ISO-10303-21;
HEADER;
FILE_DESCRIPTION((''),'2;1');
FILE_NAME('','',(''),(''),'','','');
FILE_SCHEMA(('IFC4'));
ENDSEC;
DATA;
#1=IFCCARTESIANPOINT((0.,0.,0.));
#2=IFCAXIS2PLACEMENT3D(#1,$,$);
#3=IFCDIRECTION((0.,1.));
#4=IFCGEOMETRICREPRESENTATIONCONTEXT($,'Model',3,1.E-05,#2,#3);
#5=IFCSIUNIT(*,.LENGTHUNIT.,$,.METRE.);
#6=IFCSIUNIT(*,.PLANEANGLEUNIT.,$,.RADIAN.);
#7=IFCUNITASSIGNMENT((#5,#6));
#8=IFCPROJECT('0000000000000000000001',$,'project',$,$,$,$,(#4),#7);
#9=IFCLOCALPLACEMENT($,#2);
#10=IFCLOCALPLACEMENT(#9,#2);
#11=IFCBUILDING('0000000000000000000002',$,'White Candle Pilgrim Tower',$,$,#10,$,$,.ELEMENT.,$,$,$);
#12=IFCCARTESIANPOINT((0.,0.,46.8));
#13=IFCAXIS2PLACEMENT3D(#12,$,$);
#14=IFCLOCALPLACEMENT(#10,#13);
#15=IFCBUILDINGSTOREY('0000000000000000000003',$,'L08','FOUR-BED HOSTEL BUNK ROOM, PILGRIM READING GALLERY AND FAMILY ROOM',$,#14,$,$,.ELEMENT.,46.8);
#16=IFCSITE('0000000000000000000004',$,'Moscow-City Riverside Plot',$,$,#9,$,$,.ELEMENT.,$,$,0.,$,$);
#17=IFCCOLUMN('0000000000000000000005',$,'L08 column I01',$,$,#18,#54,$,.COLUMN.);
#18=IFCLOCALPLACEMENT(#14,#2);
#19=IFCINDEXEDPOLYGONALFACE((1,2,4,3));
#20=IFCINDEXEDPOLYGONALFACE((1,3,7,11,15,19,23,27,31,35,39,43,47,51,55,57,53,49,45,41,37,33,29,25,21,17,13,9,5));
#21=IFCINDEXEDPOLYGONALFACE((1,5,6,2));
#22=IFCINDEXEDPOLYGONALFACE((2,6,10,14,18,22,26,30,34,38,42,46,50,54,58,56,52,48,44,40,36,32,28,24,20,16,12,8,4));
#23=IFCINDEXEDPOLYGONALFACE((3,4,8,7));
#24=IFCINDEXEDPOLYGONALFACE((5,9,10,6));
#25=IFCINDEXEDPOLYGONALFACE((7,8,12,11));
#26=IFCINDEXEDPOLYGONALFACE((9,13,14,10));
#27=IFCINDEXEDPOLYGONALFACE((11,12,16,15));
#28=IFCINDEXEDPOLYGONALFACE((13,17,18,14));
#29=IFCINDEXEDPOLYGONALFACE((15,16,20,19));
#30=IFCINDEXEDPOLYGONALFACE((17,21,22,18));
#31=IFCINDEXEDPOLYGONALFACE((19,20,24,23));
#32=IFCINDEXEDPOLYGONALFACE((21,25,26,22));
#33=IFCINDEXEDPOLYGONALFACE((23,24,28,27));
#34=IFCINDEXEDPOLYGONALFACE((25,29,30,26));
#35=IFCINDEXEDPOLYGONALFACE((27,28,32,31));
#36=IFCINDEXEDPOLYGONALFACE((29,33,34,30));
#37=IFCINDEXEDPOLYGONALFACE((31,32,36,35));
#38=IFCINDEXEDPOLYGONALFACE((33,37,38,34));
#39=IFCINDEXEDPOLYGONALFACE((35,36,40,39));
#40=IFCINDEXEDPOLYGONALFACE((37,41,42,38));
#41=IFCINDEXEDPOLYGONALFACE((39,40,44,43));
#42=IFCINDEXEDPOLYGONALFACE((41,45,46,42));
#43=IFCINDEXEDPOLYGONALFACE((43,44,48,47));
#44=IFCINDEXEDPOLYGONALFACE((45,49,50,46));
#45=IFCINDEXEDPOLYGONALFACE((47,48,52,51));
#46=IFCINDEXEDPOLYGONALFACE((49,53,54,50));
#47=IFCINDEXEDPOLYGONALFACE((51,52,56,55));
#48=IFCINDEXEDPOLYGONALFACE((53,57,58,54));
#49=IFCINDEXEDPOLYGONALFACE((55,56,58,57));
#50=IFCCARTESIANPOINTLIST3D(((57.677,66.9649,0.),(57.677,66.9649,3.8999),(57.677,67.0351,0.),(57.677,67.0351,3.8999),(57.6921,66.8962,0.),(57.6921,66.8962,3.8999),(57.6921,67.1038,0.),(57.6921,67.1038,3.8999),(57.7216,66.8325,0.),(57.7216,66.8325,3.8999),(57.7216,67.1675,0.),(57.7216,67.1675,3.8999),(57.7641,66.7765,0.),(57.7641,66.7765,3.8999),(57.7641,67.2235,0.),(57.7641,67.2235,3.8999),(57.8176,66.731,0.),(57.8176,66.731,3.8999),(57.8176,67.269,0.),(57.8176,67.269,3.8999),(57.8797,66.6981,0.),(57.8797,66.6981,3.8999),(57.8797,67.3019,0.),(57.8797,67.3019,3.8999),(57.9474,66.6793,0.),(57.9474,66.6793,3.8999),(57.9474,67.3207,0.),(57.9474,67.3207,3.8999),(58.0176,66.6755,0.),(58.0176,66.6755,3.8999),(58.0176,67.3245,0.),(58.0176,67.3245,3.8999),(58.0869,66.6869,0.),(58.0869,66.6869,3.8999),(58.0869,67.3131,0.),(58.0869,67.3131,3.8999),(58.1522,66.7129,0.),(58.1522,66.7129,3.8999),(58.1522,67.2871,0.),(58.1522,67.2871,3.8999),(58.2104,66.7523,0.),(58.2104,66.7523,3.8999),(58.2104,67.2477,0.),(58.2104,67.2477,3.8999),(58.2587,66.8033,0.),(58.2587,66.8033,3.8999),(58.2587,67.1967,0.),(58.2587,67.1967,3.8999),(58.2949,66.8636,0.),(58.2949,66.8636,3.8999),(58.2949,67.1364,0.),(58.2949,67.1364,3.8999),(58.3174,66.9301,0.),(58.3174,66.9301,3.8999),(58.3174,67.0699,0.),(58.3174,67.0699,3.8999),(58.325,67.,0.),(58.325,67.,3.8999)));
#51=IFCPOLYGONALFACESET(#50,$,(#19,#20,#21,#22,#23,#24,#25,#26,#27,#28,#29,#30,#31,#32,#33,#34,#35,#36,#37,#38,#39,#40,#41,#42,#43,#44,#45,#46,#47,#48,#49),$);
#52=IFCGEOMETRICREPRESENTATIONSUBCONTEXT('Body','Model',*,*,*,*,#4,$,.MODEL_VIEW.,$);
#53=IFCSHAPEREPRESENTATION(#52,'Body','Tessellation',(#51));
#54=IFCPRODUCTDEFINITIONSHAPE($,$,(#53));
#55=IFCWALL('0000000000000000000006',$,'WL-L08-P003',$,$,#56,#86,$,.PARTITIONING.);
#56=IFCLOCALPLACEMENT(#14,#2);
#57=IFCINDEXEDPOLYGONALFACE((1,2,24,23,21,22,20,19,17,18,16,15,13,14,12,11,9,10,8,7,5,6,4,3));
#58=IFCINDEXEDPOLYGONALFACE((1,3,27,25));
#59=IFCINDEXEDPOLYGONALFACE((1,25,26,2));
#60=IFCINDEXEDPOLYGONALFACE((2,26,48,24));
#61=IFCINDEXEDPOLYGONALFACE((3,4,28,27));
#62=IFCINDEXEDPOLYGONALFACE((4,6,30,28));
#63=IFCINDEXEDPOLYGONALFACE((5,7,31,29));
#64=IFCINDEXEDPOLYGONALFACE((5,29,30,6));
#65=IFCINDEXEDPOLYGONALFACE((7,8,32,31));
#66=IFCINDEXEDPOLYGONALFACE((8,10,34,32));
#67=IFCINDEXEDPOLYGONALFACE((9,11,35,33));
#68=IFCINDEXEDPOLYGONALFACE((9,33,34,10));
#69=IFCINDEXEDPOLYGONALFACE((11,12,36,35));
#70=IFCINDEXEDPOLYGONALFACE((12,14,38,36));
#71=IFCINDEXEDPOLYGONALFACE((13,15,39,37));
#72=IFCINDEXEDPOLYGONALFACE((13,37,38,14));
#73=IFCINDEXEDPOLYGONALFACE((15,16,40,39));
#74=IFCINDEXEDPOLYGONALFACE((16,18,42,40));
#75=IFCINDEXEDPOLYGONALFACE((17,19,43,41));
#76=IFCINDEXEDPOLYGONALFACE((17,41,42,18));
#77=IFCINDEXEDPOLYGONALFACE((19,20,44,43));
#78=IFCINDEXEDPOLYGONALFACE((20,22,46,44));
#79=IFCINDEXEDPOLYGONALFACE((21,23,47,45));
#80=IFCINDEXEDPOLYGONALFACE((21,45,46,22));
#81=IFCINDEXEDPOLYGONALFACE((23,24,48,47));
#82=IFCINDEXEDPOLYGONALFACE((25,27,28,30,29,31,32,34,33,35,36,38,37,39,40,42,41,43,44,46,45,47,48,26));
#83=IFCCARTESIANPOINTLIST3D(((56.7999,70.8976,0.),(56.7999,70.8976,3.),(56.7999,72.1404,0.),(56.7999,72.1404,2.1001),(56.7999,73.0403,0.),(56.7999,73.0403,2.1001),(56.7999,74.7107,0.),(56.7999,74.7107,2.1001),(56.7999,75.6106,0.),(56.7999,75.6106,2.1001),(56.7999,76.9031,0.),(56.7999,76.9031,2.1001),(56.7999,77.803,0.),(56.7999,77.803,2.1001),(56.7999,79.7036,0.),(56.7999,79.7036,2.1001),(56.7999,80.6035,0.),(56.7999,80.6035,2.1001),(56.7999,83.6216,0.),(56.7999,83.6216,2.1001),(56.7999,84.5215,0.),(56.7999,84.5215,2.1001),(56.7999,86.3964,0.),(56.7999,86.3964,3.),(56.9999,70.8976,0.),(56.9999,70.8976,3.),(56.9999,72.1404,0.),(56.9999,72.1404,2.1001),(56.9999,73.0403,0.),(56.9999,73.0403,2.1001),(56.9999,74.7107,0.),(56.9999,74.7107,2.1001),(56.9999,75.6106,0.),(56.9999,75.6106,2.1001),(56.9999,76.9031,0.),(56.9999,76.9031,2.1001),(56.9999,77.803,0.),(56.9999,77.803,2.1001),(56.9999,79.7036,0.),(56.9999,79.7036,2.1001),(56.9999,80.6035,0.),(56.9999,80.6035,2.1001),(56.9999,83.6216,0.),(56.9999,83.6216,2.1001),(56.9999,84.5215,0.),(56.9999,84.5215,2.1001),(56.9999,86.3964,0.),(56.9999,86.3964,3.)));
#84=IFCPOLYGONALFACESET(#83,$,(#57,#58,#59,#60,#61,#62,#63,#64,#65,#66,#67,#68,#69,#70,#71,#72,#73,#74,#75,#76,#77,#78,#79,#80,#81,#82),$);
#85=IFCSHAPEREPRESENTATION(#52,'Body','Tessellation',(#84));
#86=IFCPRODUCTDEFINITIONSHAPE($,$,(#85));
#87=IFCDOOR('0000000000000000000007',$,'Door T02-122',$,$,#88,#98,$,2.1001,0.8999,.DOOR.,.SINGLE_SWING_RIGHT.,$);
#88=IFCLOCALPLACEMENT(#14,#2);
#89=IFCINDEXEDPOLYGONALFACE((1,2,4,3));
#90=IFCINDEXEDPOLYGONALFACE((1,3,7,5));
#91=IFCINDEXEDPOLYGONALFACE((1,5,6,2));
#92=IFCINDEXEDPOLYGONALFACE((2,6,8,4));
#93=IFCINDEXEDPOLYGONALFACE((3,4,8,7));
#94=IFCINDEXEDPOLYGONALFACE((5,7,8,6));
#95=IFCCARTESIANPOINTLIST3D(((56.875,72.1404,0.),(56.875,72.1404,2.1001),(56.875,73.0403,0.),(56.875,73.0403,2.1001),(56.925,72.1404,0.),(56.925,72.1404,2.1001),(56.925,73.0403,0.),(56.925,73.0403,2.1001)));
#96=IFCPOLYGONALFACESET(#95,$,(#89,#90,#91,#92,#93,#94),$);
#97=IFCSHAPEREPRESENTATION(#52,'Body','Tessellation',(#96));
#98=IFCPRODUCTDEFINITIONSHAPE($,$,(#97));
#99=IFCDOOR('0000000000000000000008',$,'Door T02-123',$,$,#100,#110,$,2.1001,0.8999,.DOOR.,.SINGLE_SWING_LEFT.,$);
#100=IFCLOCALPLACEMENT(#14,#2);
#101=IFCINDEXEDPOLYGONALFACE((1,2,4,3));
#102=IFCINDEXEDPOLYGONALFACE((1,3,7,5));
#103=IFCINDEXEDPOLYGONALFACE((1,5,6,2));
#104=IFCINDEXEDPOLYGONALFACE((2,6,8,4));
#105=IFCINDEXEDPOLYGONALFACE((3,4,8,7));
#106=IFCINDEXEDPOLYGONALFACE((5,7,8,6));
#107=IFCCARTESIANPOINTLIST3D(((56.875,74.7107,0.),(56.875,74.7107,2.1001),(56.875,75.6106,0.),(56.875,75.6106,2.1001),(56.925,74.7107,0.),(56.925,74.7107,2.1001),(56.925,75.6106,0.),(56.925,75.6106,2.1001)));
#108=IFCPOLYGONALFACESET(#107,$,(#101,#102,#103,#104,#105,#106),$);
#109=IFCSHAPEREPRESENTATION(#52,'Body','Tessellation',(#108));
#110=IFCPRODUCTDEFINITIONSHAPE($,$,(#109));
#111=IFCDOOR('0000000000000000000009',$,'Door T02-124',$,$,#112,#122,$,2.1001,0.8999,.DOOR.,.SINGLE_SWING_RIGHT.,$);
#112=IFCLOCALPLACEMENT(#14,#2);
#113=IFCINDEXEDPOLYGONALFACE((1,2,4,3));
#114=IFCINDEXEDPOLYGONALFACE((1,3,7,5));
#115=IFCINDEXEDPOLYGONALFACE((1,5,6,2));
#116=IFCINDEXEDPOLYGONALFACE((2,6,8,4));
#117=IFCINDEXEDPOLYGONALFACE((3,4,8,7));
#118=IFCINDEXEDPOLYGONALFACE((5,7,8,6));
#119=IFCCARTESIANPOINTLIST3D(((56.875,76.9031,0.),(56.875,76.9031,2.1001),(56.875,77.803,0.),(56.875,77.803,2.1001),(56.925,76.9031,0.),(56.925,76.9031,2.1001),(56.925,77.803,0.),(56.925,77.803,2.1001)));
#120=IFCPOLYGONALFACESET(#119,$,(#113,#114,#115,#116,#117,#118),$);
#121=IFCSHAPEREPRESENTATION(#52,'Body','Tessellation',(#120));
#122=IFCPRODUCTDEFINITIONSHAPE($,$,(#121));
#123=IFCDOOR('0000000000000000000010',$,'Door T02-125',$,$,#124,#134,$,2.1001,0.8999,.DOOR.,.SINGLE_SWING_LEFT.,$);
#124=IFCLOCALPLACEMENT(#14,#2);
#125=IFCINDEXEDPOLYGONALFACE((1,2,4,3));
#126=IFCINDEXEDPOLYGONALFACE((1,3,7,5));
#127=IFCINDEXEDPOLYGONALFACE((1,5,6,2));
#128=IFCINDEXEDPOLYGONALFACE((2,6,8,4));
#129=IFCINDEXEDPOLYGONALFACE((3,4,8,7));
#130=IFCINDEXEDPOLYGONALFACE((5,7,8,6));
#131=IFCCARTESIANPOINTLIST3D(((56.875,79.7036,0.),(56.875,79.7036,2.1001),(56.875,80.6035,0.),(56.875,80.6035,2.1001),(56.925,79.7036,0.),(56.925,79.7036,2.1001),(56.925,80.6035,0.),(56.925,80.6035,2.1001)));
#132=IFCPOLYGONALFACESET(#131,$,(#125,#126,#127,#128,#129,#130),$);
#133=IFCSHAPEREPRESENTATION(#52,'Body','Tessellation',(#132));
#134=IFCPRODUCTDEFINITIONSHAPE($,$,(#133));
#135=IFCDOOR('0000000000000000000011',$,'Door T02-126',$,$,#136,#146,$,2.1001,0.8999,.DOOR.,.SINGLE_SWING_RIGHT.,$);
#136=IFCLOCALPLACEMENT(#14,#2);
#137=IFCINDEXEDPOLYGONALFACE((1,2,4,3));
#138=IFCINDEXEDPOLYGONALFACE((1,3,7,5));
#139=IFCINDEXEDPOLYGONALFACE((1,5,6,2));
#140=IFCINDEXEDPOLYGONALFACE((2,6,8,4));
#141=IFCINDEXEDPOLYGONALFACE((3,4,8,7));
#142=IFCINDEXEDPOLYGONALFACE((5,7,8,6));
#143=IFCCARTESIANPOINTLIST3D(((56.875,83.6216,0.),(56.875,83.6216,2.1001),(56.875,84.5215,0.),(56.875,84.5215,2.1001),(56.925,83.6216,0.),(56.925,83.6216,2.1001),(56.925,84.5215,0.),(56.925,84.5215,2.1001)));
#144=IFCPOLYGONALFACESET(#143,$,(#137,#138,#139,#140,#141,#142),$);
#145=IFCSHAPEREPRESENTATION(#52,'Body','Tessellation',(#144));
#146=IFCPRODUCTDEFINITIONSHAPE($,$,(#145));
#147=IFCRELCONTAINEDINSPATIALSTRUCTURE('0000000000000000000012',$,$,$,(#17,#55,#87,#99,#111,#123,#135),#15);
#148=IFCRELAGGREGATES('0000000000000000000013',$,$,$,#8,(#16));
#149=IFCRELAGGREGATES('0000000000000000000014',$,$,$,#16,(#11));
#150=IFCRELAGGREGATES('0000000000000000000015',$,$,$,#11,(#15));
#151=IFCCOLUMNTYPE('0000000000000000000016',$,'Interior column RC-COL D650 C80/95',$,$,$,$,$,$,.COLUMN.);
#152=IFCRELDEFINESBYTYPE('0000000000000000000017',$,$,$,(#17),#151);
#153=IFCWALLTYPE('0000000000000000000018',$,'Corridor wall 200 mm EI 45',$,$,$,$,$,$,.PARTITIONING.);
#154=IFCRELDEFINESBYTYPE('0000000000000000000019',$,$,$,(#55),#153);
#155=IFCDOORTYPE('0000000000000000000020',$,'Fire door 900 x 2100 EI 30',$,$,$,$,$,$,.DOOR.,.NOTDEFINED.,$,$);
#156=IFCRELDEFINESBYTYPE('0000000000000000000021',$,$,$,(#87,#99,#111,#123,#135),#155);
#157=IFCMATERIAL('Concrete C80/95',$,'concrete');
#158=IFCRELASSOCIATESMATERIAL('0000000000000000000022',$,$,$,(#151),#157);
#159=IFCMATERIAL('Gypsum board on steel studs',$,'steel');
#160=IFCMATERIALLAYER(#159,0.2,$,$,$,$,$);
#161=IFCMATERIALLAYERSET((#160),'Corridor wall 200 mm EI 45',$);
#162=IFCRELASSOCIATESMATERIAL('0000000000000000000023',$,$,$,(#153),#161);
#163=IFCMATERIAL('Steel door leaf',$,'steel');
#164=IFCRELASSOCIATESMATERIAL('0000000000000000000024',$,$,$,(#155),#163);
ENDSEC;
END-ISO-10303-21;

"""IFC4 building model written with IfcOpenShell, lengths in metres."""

from ifc_helpers import new_model, si_unit, direction, frame, frame_2d, origin, origin_2d, place, context, subcontext, project, spatial, rectangle, circle, extrude, material, layer, layer_set, material_profile, profile_set, type_object, element, fill, save


model = new_model("IFC4")

# Units and contexts
model_context = context("Model", 3, precision=1e-05, world=origin(), true_north=direction((0.0, 1.0)))
body_context = subcontext(model_context, "Body", "Model", "MODEL_VIEW")
ifc_project = project(units=[si_unit("LENGTHUNIT", "METRE"), si_unit("PLANEANGLEUNIT", "RADIAN")], contexts=[model_context])

# Site, building, storey
site_placement = place(None, origin())
site = spatial("IfcSite", under=ifc_project, at=site_placement, Name="Moscow-City Riverside Plot", CompositionType="ELEMENT", RefElevation=0.0)
building_placement = place(site_placement, origin())
building = spatial("IfcBuilding", under=site, at=building_placement, Name="White Candle Pilgrim Tower", CompositionType="ELEMENT")
storey_placement = place(building_placement, frame((0.0, 0.0, 46.8)))
storey = spatial("IfcBuildingStorey", under=building, at=storey_placement, Name="L08", Description="FOUR-BED HOSTEL BUNK ROOM, PILGRIM READING GALLERY AND FAMILY ROOM", CompositionType="ELEMENT", Elevation=46.8)

# Column
ifc_material_1 = material(Name="Concrete C80/95", Category="concrete")
ifc_material_profile = material_profile(ifc_material_1, circle(Radius=0.325, at=origin_2d()), Name="RC-COL D650")
ifc_profile_set = profile_set([ifc_material_profile], Name="Concrete C80/95")
column_type = type_object("IfcColumnType", Name="Interior column RC-COL D650 C80/95", PredefinedType="COLUMN", material=ifc_profile_set)
column_placement = place(storey_placement, frame((58.0, 67.0, 0.0), z_axis=(0.0, 0.0, 1.0), x_axis=(1.0, 0.0, 0.0)))
element("IfcColumn", 1, at=column_placement, inside=storey, type_object=column_type, Name="L08 column I01", PredefinedType="COLUMN", context=body_context, shape_type="SweptSolid", body=[
    extrude(circle(Radius=0.325, at=origin_2d()), origin(), (0.0, 0.0, 1.0), 3.8999),
])

# Wall, openings, doors
ifc_material_2 = material(Name="Gypsum board on steel studs", Category="steel")
ifc_layer_1 = layer(ifc_material_2, 0.2)
ifc_layer_set_1 = layer_set([ifc_layer_1], Name="Corridor wall 200 mm EI 45")
wall_type_1 = type_object("IfcWallType", Name="Corridor wall 200 mm EI 45", PredefinedType="PARTITIONING", material=ifc_layer_set_1)
wall_1_placement = place(storey_placement, frame((56.8999, 70.8975, 0.0), z_axis=(0.0, 0.0, 1.0), x_axis=(0.0, 1.0, 0.0)))
wall_1 = element("IfcWall", 2, at=wall_1_placement, inside=storey, type_object=wall_type_1, Name="WL-L08-P003", PredefinedType="PARTITIONING", context=body_context, shape_type="SweptSolid", body=[
    extrude(rectangle(XDim=15.4988, YDim=0.2, at=frame_2d((7.7495, 0.0))), origin(), (0.0, 0.0, 1.0), 3.0),
])
opening_1_placement = place(wall_1_placement, frame((1.2429, 0.0, 0.0)))
opening_1 = element("IfcOpeningElement", 3, at=opening_1_placement, cuts=wall_1, PredefinedType="OPENING", context=body_context, shape_type="SweptSolid", body=[
    extrude(rectangle(XDim=0.8999, YDim=2.1001, at=frame_2d((0.45, 1.05))), frame((0.0, 0.1099, 0.0), z_axis=(0.0, -1.0, 0.0), x_axis=(1.0, 0.0, 0.0)), (0.0, 0.0, 1.0), 0.22),
])
opening_2_placement = place(wall_1_placement, frame((3.8132, 0.0, 0.0)))
opening_2 = element("IfcOpeningElement", 4, at=opening_2_placement, cuts=wall_1, PredefinedType="OPENING", context=body_context, shape_type="SweptSolid", body=[
    extrude(rectangle(XDim=0.8999, YDim=2.1001, at=frame_2d((0.45, 1.05))), frame((0.0, 0.1099, 0.0), z_axis=(0.0, -1.0, 0.0), x_axis=(1.0, 0.0, 0.0)), (0.0, 0.0, 1.0), 0.22),
])
opening_3_placement = place(wall_1_placement, frame((6.0056, 0.0, 0.0)))
opening_3 = element("IfcOpeningElement", 5, at=opening_3_placement, cuts=wall_1, PredefinedType="OPENING", context=body_context, shape_type="SweptSolid", body=[
    extrude(rectangle(XDim=0.8999, YDim=2.1001, at=frame_2d((0.45, 1.05))), frame((0.0, 0.1099, 0.0), z_axis=(0.0, -1.0, 0.0), x_axis=(1.0, 0.0, 0.0)), (0.0, 0.0, 1.0), 0.22),
])
opening_4_placement = place(wall_1_placement, frame((8.8062, 0.0, 0.0)))
opening_4 = element("IfcOpeningElement", 6, at=opening_4_placement, cuts=wall_1, PredefinedType="OPENING", context=body_context, shape_type="SweptSolid", body=[
    extrude(rectangle(XDim=0.8999, YDim=2.1001, at=frame_2d((0.45, 1.05))), frame((0.0, 0.1099, 0.0), z_axis=(0.0, -1.0, 0.0), x_axis=(1.0, 0.0, 0.0)), (0.0, 0.0, 1.0), 0.22),
])
opening_5_placement = place(wall_1_placement, frame((12.7241, 0.0, 0.0)))
opening_5 = element("IfcOpeningElement", 7, at=opening_5_placement, cuts=wall_1, PredefinedType="OPENING", context=body_context, shape_type="SweptSolid", body=[
    extrude(rectangle(XDim=0.8999, YDim=2.1001, at=frame_2d((0.45, 1.05))), frame((0.0, 0.1099, 0.0), z_axis=(0.0, -1.0, 0.0), x_axis=(1.0, 0.0, 0.0)), (0.0, 0.0, 1.0), 0.22),
])
ifc_material_3 = material(Name="Steel door leaf", Category="steel")
door_type_1 = type_object("IfcDoorType", Name="Fire door 900 x 2100 EI 30", OperationType="NOTDEFINED", PredefinedType="DOOR", material=ifc_material_3)
door_1_placement = place(opening_1_placement, origin())
door_1 = element("IfcDoor", 8, at=door_1_placement, inside=storey, type_object=door_type_1, Name="Door T02-122", OperationType="SINGLE_SWING_RIGHT", OverallHeight=2.1001, OverallWidth=0.8999, PredefinedType="DOOR", context=body_context, shape_type="SweptSolid", body=[
    extrude(rectangle(XDim=0.8999, YDim=2.1001, at=frame_2d((0.45, 1.05))), frame((0.0, 0.0249, 0.0), z_axis=(0.0, -1.0, 0.0), x_axis=(1.0, 0.0, 0.0)), (0.0, 0.0, 1.0), 0.05),
])
fill(opening_1, door_1)
door_2_placement = place(opening_2_placement, origin())
door_2 = element("IfcDoor", 9, at=door_2_placement, inside=storey, type_object=door_type_1, Name="Door T02-123", OperationType="SINGLE_SWING_LEFT", OverallHeight=2.1001, OverallWidth=0.8999, PredefinedType="DOOR", context=body_context, shape_type="SweptSolid", body=[
    extrude(rectangle(XDim=0.8999, YDim=2.1001, at=frame_2d((0.45, 1.05))), frame((0.0, 0.0249, 0.0), z_axis=(0.0, -1.0, 0.0), x_axis=(1.0, 0.0, 0.0)), (0.0, 0.0, 1.0), 0.05),
])
fill(opening_2, door_2)
door_3_placement = place(opening_3_placement, origin())
door_3 = element("IfcDoor", 10, at=door_3_placement, inside=storey, type_object=door_type_1, Name="Door T02-124", OperationType="SINGLE_SWING_RIGHT", OverallHeight=2.1001, OverallWidth=0.8999, PredefinedType="DOOR", context=body_context, shape_type="SweptSolid", body=[
    extrude(rectangle(XDim=0.8999, YDim=2.1001, at=frame_2d((0.45, 1.05))), frame((0.0, 0.0249, 0.0), z_axis=(0.0, -1.0, 0.0), x_axis=(1.0, 0.0, 0.0)), (0.0, 0.0, 1.0), 0.05),
])
fill(opening_3, door_3)
door_4_placement = place(opening_4_placement, origin())
door_4 = element("IfcDoor", 11, at=door_4_placement, inside=storey, type_object=door_type_1, Name="Door T02-125", OperationType="SINGLE_SWING_LEFT", OverallHeight=2.1001, OverallWidth=0.8999, PredefinedType="DOOR", context=body_context, shape_type="SweptSolid", body=[
    extrude(rectangle(XDim=0.8999, YDim=2.1001, at=frame_2d((0.45, 1.05))), frame((0.0, 0.0249, 0.0), z_axis=(0.0, -1.0, 0.0), x_axis=(1.0, 0.0, 0.0)), (0.0, 0.0, 1.0), 0.05),
])
fill(opening_4, door_4)
door_5_placement = place(opening_5_placement, origin())
door_5 = element("IfcDoor", 12, at=door_5_placement, inside=storey, type_object=door_type_1, Name="Door T02-126", OperationType="SINGLE_SWING_RIGHT", OverallHeight=2.1001, OverallWidth=0.8999, PredefinedType="DOOR", context=body_context, shape_type="SweptSolid", body=[
    extrude(rectangle(XDim=0.8999, YDim=2.1001, at=frame_2d((0.45, 1.05))), frame((0.0, 0.0249, 0.0), z_axis=(0.0, -1.0, 0.0), x_axis=(1.0, 0.0, 0.0)), (0.0, 0.0, 1.0), 0.05),
])
fill(opening_5, door_5)

save(model, "model.ifc")
